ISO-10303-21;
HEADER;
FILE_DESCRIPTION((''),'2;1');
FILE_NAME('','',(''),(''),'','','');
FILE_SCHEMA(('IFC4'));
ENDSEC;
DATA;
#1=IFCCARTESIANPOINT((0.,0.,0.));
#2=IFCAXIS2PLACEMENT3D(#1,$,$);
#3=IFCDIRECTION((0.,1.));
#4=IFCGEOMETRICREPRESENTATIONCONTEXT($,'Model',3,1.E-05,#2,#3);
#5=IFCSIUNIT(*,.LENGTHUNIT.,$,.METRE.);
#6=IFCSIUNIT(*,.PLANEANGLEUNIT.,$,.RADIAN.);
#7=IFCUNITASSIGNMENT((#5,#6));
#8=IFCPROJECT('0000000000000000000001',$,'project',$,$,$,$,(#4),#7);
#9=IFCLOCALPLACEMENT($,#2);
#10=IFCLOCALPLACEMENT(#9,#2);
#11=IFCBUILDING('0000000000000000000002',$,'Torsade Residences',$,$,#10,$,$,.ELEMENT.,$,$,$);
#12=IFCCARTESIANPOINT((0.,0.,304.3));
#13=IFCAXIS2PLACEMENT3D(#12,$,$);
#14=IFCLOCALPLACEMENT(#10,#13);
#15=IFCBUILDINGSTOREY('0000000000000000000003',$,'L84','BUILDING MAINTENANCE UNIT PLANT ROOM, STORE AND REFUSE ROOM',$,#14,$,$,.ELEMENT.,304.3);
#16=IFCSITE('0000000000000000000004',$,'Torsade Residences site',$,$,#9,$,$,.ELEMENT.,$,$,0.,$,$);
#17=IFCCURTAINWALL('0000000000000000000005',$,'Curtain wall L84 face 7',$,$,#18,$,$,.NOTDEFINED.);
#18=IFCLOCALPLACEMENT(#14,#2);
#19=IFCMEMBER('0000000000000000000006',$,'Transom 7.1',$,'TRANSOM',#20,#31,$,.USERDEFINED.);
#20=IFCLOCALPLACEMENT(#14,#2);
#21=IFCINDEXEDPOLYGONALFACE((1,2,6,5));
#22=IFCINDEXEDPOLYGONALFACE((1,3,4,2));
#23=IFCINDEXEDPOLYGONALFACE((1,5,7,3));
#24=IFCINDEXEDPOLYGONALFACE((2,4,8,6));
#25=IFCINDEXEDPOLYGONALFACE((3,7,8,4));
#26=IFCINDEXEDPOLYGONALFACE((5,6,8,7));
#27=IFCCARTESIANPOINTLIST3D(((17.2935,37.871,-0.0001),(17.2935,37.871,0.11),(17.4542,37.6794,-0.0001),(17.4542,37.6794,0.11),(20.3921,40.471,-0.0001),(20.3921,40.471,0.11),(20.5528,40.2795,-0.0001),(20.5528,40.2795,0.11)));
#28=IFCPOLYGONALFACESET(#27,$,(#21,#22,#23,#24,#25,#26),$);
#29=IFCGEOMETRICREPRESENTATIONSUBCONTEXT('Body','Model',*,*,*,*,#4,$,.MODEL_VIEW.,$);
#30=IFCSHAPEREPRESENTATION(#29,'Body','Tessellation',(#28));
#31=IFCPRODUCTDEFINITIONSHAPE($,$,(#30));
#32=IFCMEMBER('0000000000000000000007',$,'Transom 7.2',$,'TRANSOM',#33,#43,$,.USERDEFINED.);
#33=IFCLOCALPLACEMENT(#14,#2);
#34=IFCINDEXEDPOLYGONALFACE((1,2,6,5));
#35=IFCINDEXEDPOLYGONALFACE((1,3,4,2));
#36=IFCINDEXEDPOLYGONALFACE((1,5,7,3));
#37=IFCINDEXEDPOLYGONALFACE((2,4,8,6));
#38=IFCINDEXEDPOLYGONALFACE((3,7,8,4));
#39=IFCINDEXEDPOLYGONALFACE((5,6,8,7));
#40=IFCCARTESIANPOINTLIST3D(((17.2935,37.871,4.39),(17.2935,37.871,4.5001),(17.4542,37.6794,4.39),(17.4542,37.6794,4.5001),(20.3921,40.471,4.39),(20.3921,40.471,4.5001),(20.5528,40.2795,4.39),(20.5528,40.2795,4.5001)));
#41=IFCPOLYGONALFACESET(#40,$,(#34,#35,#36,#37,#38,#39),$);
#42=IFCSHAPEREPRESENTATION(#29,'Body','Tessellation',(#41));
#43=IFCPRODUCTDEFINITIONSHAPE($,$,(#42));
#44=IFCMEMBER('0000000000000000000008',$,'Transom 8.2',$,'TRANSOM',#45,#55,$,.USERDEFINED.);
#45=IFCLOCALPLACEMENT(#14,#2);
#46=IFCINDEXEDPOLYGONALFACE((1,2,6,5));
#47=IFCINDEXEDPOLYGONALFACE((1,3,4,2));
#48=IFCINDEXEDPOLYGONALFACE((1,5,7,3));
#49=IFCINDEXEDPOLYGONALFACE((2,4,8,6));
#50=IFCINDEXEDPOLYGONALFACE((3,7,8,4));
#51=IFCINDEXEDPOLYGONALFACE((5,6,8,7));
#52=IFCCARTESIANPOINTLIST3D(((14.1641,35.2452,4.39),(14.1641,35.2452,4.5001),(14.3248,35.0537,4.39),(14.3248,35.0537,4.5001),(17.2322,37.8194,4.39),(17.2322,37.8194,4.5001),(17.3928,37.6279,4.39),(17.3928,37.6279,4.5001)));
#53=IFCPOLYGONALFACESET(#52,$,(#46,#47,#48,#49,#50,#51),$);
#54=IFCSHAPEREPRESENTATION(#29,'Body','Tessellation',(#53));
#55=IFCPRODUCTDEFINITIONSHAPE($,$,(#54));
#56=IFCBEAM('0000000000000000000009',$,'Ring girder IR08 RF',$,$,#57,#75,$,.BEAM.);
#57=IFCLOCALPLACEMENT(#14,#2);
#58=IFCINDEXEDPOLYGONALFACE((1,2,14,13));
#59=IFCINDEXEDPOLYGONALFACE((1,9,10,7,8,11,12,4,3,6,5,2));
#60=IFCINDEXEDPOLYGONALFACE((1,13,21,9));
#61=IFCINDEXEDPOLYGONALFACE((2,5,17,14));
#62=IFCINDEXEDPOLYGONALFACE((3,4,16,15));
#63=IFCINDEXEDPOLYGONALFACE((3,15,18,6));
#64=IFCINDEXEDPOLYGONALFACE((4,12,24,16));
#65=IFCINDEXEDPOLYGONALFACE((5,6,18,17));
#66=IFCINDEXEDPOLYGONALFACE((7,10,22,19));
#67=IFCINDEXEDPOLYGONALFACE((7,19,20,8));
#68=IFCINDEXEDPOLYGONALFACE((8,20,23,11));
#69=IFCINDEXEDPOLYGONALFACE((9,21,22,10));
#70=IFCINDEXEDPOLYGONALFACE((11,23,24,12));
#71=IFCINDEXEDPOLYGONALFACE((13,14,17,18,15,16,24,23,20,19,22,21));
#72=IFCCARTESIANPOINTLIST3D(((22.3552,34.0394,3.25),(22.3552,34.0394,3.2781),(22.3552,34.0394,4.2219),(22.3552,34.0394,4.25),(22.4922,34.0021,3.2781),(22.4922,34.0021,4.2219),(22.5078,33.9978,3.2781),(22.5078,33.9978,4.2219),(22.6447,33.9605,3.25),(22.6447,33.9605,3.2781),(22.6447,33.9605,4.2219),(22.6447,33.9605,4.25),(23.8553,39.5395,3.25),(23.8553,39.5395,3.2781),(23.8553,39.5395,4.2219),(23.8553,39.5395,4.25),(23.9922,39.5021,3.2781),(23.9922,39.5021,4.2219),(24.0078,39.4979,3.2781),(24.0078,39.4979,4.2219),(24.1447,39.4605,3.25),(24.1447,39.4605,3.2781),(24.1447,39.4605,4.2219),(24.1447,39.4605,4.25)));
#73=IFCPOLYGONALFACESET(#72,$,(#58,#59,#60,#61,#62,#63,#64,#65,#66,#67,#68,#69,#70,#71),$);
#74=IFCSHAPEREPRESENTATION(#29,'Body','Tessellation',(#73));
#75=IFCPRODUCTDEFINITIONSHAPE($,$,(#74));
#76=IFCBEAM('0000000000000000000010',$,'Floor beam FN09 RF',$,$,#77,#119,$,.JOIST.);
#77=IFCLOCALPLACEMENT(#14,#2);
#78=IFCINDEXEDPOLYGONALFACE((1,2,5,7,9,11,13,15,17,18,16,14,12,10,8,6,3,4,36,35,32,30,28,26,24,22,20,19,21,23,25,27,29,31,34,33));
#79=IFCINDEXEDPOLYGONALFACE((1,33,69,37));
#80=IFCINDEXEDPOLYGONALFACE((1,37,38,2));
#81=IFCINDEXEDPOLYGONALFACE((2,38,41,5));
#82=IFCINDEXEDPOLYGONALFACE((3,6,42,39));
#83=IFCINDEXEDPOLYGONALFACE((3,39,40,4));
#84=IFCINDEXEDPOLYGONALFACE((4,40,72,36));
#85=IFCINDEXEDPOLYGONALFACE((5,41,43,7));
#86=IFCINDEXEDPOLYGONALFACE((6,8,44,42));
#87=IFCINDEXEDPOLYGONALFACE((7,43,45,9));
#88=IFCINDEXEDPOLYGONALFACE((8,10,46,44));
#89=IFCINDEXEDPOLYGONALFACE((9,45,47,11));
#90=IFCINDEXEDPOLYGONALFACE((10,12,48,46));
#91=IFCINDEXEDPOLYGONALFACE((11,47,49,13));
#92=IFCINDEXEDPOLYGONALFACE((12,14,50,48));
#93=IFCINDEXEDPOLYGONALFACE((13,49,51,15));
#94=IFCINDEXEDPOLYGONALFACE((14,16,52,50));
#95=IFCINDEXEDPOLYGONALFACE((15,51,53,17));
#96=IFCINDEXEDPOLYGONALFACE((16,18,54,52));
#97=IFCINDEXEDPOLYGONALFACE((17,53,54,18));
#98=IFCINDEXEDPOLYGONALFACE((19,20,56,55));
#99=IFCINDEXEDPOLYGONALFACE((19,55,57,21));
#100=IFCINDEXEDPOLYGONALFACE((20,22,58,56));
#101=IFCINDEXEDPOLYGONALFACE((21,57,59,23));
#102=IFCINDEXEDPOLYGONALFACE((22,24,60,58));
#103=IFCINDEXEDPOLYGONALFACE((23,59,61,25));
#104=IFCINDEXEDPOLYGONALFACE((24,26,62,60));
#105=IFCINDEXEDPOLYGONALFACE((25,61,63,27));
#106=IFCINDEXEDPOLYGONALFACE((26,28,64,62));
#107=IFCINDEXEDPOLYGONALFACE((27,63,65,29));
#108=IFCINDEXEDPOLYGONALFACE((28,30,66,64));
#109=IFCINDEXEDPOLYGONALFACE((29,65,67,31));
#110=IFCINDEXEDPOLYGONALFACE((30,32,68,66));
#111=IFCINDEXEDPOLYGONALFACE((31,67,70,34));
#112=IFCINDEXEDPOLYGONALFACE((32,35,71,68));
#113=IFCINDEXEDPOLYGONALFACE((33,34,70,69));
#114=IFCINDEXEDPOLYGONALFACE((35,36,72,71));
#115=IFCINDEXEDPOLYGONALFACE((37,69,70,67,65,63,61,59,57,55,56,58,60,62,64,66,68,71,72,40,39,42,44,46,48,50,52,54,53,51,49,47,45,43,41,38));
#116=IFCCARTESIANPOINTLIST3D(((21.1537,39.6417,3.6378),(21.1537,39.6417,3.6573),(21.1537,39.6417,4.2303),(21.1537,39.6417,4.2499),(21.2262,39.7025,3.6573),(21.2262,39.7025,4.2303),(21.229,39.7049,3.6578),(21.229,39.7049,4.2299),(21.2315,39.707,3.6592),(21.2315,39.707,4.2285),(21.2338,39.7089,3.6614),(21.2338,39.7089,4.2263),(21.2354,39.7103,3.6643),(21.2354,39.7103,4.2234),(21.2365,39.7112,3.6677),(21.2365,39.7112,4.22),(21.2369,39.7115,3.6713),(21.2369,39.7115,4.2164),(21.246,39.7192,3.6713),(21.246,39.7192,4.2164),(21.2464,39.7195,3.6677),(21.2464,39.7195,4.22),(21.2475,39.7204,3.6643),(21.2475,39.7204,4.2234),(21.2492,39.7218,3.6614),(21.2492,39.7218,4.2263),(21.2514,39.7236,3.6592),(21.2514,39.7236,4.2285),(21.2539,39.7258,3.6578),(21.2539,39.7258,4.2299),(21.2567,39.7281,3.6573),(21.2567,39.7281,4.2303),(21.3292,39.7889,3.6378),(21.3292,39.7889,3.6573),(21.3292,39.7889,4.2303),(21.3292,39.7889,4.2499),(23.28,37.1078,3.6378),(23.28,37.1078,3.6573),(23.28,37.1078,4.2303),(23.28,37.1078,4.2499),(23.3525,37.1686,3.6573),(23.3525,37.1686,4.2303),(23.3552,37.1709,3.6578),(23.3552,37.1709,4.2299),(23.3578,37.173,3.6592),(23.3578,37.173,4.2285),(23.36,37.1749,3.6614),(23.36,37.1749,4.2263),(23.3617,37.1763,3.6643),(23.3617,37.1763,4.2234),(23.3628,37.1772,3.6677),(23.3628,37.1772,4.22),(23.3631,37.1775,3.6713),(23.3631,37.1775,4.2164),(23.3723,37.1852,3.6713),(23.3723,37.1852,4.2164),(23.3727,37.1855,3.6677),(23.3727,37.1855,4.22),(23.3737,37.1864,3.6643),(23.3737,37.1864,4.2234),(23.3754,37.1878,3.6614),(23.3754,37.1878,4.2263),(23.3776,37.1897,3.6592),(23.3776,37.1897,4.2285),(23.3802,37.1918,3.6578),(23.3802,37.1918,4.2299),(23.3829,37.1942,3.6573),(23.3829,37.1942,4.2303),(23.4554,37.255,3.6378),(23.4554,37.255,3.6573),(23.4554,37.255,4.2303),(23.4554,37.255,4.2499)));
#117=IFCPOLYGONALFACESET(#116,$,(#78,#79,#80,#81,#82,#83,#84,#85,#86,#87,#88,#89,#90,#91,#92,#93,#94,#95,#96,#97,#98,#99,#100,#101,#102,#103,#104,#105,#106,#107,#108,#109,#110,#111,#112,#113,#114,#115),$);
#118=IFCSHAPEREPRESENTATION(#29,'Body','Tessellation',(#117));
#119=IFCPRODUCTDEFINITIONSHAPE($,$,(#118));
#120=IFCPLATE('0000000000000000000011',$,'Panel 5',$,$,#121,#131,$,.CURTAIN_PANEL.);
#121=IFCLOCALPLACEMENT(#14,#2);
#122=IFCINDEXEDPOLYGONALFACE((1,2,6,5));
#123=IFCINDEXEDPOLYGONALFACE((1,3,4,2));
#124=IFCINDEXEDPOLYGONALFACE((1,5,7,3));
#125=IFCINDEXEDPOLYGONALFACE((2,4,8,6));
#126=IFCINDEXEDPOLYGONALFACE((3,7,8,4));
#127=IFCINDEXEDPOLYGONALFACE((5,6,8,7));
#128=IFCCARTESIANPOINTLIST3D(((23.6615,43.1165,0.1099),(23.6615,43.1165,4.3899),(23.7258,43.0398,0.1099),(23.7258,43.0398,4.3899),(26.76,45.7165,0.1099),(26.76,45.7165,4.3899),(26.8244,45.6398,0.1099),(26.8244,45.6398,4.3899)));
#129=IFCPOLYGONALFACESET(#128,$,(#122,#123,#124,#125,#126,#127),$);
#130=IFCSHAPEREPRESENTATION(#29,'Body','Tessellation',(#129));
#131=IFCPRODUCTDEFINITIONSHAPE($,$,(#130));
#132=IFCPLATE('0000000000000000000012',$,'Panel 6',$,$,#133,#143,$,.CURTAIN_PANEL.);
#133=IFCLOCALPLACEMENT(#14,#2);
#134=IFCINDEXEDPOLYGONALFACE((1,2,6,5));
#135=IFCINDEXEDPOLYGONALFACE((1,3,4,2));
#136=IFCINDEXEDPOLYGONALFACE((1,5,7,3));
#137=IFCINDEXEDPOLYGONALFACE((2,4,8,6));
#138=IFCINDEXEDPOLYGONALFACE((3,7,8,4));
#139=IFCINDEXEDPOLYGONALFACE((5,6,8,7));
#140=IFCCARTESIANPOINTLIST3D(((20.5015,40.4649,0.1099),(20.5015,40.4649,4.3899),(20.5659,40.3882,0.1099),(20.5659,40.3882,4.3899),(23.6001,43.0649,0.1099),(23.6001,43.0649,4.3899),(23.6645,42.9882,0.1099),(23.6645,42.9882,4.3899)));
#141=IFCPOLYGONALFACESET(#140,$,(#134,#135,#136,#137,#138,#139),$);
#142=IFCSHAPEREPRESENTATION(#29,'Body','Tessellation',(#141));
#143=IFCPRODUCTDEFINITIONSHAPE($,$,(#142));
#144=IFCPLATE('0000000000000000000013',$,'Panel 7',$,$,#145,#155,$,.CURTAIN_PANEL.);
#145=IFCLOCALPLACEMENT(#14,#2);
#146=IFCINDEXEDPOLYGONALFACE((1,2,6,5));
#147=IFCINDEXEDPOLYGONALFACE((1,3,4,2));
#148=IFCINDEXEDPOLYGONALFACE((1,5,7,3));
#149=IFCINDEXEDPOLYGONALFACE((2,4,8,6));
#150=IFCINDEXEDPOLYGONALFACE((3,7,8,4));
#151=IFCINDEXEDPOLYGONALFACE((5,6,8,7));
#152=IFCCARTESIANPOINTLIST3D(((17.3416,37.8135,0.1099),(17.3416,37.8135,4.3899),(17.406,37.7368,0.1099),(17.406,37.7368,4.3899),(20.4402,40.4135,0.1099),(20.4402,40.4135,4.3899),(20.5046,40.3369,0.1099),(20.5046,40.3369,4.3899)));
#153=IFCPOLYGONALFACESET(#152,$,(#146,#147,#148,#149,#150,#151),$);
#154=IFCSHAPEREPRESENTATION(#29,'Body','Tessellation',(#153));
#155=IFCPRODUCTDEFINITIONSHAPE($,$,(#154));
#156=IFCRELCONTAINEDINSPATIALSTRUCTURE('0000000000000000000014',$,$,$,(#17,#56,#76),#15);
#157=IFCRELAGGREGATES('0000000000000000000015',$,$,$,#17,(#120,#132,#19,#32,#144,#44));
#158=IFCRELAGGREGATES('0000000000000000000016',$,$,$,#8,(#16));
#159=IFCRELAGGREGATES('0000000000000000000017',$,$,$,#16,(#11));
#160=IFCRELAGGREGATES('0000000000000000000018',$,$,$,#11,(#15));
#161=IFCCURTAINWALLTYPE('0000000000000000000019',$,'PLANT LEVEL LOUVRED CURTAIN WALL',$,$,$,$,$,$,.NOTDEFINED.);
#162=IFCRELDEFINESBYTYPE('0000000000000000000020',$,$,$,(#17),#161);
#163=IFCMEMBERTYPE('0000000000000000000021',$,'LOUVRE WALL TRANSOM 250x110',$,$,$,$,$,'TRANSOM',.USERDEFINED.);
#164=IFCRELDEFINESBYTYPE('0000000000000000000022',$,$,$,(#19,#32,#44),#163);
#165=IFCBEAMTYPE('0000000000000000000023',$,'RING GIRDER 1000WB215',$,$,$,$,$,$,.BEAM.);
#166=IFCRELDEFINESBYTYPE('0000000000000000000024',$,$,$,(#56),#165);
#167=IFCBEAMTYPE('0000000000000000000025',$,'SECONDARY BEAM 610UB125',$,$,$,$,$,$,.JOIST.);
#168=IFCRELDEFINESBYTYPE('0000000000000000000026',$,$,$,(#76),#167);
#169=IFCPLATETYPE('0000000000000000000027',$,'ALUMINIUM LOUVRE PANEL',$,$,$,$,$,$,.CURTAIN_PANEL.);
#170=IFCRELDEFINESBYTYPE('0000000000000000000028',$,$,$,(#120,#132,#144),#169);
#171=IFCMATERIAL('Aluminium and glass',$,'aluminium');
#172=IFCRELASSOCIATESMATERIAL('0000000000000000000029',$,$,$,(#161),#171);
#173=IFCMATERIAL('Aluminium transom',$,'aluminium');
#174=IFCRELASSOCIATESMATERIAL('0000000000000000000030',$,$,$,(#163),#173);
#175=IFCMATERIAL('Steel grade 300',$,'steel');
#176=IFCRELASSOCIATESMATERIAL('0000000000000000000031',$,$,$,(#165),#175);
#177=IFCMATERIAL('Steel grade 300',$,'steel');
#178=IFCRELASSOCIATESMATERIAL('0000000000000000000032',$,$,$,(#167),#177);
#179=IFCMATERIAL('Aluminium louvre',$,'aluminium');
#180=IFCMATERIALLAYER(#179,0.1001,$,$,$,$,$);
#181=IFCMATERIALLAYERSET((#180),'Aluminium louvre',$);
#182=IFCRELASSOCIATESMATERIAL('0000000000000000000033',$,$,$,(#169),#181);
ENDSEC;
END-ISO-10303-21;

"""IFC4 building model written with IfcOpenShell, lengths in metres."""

from ifc_helpers import new_model, si_unit, direction, frame, origin, origin_2d, place, context, subcontext, project, spatial, rectangle, i_section, extrude, material, layer, layer_set, material_profile, profile_set, type_object, element, aggregate, save


model = new_model("IFC4")

# Units and contexts
model_context = context("Model", 3, precision=1e-05, world=origin(), true_north=direction((0.0, 1.0)))
body_context = subcontext(model_context, "Body", "Model", "MODEL_VIEW")
ifc_project = project(units=[si_unit("LENGTHUNIT", "METRE"), si_unit("PLANEANGLEUNIT", "RADIAN")], contexts=[model_context])

# Site, building, storey
site_placement = place(None, origin())
site = spatial("IfcSite", under=ifc_project, at=site_placement, Name="Torsade Residences site", CompositionType="ELEMENT", RefElevation=0.0)
building_placement = place(site_placement, origin())
building = spatial("IfcBuilding", under=site, at=building_placement, Name="Torsade Residences", CompositionType="ELEMENT")
storey_placement = place(building_placement, frame((0.0, 0.0, 304.3)))
storey = spatial("IfcBuildingStorey", under=building, at=storey_placement, Name="L84", Description="BUILDING MAINTENANCE UNIT PLANT ROOM, STORE AND REFUSE ROOM", CompositionType="ELEMENT", Elevation=304.3)

# Curtain wall, members
ifc_material_1 = material(Name="Aluminium and glass", Category="aluminium")
curtain_wall_type = type_object("IfcCurtainWallType", Name="PLANT LEVEL LOUVRED CURTAIN WALL", PredefinedType="NOTDEFINED", material=ifc_material_1)
curtain_wall_placement = place(storey_placement, origin())
curtain_wall = element("IfcCurtainWall", 1, at=curtain_wall_placement, inside=storey, type_object=curtain_wall_type, Name="Curtain wall L84 face 7", PredefinedType="NOTDEFINED")
ifc_material_2 = material(Name="Aluminium transom", Category="aluminium")
ifc_material_profile_1 = material_profile(ifc_material_2, rectangle(XDim=0.25, YDim=0.1101, at=origin_2d()), Name="LOUVRE WALL TRANSOM 250x110")
ifc_profile_set_1 = profile_set([ifc_material_profile_1], Name="Aluminium transom")
member_type_1 = type_object("IfcMemberType", Name="LOUVRE WALL TRANSOM 250x110", ElementType="TRANSOM", PredefinedType="USERDEFINED", material=ifc_profile_set_1)
member_1_placement = place(storey_placement, frame((20.4724, 40.3752, 0.0549), z_axis=(-0.76604, -0.642793, 0.0), x_axis=(0.642793, -0.76604, 0.0)))
member_1 = element("IfcMember", 2, at=member_1_placement, type_object=member_type_1, Name="Transom 7.1", ObjectType="TRANSOM", PredefinedType="USERDEFINED", context=body_context, shape_type="SweptSolid", body=[
    extrude(rectangle(XDim=0.25, YDim=0.1101, at=origin_2d()), origin(), (0.0, 0.0, 1.0), 4.0449),
])
member_2_placement = place(storey_placement, frame((20.4724, 40.3752, 4.4451), z_axis=(-0.76604, -0.642793, 0.0), x_axis=(0.642793, -0.76604, 0.0)))
member_2 = element("IfcMember", 3, at=member_2_placement, type_object=member_type_1, Name="Transom 7.2", ObjectType="TRANSOM", PredefinedType="USERDEFINED", context=body_context, shape_type="SweptSolid", body=[
    extrude(rectangle(XDim=0.25, YDim=0.1101, at=origin_2d()), origin(), (0.0, 0.0, 1.0), 4.0449),
])
member_3_placement = place(storey_placement, frame((17.3125, 37.7236, 4.4451), z_axis=(-0.766073, -0.642753, 0.0), x_axis=(0.642753, -0.766073, 0.0)))
member_3 = element("IfcMember", 4, at=member_3_placement, type_object=member_type_1, Name="Transom 8.2", ObjectType="TRANSOM", PredefinedType="USERDEFINED", context=body_context, shape_type="SweptSolid", body=[
    extrude(rectangle(XDim=0.25, YDim=0.1101, at=origin_2d()), origin(), (0.0, 0.0, 1.0), 4.0049),
])

# Beams
ifc_material_3 = material(Name="Steel grade 300", Category="steel")
ifc_material_profile_2 = material_profile(ifc_material_3, i_section(OverallWidth=0.3, OverallDepth=1.0, WebThickness=0.0161, FlangeThickness=0.0281, at=origin_2d()), Name="1000WB215")
ifc_profile_set_2 = profile_set([ifc_material_profile_2], Name="Steel grade 300")
beam_type_1 = type_object("IfcBeamType", Name="RING GIRDER 1000WB215", PredefinedType="BEAM", material=ifc_profile_set_2)
beam_1_placement = place(storey_placement, frame((24.0, 39.5, 3.75), z_axis=(-0.263117, -0.964764, 0.0), x_axis=(0.964764, -0.263117, 0.0)))
element("IfcBeam", 5, at=beam_1_placement, inside=storey, type_object=beam_type_1, Name="Ring girder IR08 RF", PredefinedType="BEAM", context=body_context, shape_type="SweptSolid", body=[
    extrude(i_section(OverallWidth=0.3, OverallDepth=1.0, WebThickness=0.0161, FlangeThickness=0.0281, at=origin_2d()), origin(), (0.0, 0.0, 1.0), 5.7009),
])
ifc_material_4 = material(Name="Steel grade 300", Category="steel")
ifc_material_profile_3 = material_profile(ifc_material_4, i_section(OverallWidth=0.229, OverallDepth=0.6121, WebThickness=0.012, FlangeThickness=0.0195, FilletRadius=0.0139, at=origin_2d()), Name="610UB125")
ifc_profile_set_3 = profile_set([ifc_material_profile_3], Name="Steel grade 300")
beam_type_2 = type_object("IfcBeamType", Name="SECONDARY BEAM 610UB125", PredefinedType="JOIST", material=ifc_profile_set_3)
beam_2_placement = place(storey_placement, frame((21.2415, 39.7153, 3.9438), z_axis=(0.642787, -0.766045, 0.0), x_axis=(0.766045, 0.642787, 0.0)))
element("IfcBeam", 6, at=beam_2_placement, inside=storey, type_object=beam_type_2, Name="Floor beam FN09 RF", PredefinedType="JOIST", context=body_context, shape_type="SweptSolid", body=[
    extrude(i_section(OverallWidth=0.229, OverallDepth=0.6121, WebThickness=0.012, FlangeThickness=0.0195, FilletRadius=0.0139, at=origin_2d()), origin(), (0.0, 0.0, 1.0), 3.3079),
])

# Plates
ifc_material_5 = material(Name="Aluminium louvre", Category="aluminium")
ifc_layer_1 = layer(ifc_material_5, 0.1001)
ifc_layer_set_1 = layer_set([ifc_layer_1], Name="Aluminium louvre")
plate_type = type_object("IfcPlateType", Name="ALUMINIUM LOUVRE PANEL", PredefinedType="CURTAIN_PANEL", material=ifc_layer_set_1)
plate_1_placement = place(storey_placement, frame((25.2429, 44.3782, 0.1099), z_axis=(0.0, 0.0, 1.0), x_axis=(-0.766044, -0.642788, 0.0)))
plate_1 = element("IfcPlate", 7, at=plate_1_placement, type_object=plate_type, Name="Panel 5", PredefinedType="CURTAIN_PANEL", context=body_context, shape_type="SweptSolid", body=[
    extrude(rectangle(XDim=4.0449, YDim=0.1001, at=origin_2d()), origin(), (0.0, 0.0, 1.0), 4.28),
])
plate_2_placement = place(storey_placement, frame((22.083, 41.7266, 0.1099), z_axis=(0.0, 0.0, 1.0), x_axis=(-0.766044, -0.642788, 0.0)))
plate_2 = element("IfcPlate", 8, at=plate_2_placement, type_object=plate_type, Name="Panel 6", PredefinedType="CURTAIN_PANEL", context=body_context, shape_type="SweptSolid", body=[
    extrude(rectangle(XDim=4.0449, YDim=0.1001, at=origin_2d()), origin(), (0.0, 0.0, 1.0), 4.28),
])
plate_3_placement = place(storey_placement, frame((18.9231, 39.0752, 0.1099), z_axis=(0.0, 0.0, 1.0), x_axis=(-0.766044, -0.642788, 0.0)))
plate_3 = element("IfcPlate", 9, at=plate_3_placement, type_object=plate_type, Name="Panel 7", PredefinedType="CURTAIN_PANEL", context=body_context, shape_type="SweptSolid", body=[
    extrude(rectangle(XDim=4.0449, YDim=0.1001, at=origin_2d()), origin(), (0.0, 0.0, 1.0), 4.28),
])
aggregate(curtain_wall, [plate_1, plate_2, member_1, member_2, plate_3, member_3])

save(model, "model.ifc")
